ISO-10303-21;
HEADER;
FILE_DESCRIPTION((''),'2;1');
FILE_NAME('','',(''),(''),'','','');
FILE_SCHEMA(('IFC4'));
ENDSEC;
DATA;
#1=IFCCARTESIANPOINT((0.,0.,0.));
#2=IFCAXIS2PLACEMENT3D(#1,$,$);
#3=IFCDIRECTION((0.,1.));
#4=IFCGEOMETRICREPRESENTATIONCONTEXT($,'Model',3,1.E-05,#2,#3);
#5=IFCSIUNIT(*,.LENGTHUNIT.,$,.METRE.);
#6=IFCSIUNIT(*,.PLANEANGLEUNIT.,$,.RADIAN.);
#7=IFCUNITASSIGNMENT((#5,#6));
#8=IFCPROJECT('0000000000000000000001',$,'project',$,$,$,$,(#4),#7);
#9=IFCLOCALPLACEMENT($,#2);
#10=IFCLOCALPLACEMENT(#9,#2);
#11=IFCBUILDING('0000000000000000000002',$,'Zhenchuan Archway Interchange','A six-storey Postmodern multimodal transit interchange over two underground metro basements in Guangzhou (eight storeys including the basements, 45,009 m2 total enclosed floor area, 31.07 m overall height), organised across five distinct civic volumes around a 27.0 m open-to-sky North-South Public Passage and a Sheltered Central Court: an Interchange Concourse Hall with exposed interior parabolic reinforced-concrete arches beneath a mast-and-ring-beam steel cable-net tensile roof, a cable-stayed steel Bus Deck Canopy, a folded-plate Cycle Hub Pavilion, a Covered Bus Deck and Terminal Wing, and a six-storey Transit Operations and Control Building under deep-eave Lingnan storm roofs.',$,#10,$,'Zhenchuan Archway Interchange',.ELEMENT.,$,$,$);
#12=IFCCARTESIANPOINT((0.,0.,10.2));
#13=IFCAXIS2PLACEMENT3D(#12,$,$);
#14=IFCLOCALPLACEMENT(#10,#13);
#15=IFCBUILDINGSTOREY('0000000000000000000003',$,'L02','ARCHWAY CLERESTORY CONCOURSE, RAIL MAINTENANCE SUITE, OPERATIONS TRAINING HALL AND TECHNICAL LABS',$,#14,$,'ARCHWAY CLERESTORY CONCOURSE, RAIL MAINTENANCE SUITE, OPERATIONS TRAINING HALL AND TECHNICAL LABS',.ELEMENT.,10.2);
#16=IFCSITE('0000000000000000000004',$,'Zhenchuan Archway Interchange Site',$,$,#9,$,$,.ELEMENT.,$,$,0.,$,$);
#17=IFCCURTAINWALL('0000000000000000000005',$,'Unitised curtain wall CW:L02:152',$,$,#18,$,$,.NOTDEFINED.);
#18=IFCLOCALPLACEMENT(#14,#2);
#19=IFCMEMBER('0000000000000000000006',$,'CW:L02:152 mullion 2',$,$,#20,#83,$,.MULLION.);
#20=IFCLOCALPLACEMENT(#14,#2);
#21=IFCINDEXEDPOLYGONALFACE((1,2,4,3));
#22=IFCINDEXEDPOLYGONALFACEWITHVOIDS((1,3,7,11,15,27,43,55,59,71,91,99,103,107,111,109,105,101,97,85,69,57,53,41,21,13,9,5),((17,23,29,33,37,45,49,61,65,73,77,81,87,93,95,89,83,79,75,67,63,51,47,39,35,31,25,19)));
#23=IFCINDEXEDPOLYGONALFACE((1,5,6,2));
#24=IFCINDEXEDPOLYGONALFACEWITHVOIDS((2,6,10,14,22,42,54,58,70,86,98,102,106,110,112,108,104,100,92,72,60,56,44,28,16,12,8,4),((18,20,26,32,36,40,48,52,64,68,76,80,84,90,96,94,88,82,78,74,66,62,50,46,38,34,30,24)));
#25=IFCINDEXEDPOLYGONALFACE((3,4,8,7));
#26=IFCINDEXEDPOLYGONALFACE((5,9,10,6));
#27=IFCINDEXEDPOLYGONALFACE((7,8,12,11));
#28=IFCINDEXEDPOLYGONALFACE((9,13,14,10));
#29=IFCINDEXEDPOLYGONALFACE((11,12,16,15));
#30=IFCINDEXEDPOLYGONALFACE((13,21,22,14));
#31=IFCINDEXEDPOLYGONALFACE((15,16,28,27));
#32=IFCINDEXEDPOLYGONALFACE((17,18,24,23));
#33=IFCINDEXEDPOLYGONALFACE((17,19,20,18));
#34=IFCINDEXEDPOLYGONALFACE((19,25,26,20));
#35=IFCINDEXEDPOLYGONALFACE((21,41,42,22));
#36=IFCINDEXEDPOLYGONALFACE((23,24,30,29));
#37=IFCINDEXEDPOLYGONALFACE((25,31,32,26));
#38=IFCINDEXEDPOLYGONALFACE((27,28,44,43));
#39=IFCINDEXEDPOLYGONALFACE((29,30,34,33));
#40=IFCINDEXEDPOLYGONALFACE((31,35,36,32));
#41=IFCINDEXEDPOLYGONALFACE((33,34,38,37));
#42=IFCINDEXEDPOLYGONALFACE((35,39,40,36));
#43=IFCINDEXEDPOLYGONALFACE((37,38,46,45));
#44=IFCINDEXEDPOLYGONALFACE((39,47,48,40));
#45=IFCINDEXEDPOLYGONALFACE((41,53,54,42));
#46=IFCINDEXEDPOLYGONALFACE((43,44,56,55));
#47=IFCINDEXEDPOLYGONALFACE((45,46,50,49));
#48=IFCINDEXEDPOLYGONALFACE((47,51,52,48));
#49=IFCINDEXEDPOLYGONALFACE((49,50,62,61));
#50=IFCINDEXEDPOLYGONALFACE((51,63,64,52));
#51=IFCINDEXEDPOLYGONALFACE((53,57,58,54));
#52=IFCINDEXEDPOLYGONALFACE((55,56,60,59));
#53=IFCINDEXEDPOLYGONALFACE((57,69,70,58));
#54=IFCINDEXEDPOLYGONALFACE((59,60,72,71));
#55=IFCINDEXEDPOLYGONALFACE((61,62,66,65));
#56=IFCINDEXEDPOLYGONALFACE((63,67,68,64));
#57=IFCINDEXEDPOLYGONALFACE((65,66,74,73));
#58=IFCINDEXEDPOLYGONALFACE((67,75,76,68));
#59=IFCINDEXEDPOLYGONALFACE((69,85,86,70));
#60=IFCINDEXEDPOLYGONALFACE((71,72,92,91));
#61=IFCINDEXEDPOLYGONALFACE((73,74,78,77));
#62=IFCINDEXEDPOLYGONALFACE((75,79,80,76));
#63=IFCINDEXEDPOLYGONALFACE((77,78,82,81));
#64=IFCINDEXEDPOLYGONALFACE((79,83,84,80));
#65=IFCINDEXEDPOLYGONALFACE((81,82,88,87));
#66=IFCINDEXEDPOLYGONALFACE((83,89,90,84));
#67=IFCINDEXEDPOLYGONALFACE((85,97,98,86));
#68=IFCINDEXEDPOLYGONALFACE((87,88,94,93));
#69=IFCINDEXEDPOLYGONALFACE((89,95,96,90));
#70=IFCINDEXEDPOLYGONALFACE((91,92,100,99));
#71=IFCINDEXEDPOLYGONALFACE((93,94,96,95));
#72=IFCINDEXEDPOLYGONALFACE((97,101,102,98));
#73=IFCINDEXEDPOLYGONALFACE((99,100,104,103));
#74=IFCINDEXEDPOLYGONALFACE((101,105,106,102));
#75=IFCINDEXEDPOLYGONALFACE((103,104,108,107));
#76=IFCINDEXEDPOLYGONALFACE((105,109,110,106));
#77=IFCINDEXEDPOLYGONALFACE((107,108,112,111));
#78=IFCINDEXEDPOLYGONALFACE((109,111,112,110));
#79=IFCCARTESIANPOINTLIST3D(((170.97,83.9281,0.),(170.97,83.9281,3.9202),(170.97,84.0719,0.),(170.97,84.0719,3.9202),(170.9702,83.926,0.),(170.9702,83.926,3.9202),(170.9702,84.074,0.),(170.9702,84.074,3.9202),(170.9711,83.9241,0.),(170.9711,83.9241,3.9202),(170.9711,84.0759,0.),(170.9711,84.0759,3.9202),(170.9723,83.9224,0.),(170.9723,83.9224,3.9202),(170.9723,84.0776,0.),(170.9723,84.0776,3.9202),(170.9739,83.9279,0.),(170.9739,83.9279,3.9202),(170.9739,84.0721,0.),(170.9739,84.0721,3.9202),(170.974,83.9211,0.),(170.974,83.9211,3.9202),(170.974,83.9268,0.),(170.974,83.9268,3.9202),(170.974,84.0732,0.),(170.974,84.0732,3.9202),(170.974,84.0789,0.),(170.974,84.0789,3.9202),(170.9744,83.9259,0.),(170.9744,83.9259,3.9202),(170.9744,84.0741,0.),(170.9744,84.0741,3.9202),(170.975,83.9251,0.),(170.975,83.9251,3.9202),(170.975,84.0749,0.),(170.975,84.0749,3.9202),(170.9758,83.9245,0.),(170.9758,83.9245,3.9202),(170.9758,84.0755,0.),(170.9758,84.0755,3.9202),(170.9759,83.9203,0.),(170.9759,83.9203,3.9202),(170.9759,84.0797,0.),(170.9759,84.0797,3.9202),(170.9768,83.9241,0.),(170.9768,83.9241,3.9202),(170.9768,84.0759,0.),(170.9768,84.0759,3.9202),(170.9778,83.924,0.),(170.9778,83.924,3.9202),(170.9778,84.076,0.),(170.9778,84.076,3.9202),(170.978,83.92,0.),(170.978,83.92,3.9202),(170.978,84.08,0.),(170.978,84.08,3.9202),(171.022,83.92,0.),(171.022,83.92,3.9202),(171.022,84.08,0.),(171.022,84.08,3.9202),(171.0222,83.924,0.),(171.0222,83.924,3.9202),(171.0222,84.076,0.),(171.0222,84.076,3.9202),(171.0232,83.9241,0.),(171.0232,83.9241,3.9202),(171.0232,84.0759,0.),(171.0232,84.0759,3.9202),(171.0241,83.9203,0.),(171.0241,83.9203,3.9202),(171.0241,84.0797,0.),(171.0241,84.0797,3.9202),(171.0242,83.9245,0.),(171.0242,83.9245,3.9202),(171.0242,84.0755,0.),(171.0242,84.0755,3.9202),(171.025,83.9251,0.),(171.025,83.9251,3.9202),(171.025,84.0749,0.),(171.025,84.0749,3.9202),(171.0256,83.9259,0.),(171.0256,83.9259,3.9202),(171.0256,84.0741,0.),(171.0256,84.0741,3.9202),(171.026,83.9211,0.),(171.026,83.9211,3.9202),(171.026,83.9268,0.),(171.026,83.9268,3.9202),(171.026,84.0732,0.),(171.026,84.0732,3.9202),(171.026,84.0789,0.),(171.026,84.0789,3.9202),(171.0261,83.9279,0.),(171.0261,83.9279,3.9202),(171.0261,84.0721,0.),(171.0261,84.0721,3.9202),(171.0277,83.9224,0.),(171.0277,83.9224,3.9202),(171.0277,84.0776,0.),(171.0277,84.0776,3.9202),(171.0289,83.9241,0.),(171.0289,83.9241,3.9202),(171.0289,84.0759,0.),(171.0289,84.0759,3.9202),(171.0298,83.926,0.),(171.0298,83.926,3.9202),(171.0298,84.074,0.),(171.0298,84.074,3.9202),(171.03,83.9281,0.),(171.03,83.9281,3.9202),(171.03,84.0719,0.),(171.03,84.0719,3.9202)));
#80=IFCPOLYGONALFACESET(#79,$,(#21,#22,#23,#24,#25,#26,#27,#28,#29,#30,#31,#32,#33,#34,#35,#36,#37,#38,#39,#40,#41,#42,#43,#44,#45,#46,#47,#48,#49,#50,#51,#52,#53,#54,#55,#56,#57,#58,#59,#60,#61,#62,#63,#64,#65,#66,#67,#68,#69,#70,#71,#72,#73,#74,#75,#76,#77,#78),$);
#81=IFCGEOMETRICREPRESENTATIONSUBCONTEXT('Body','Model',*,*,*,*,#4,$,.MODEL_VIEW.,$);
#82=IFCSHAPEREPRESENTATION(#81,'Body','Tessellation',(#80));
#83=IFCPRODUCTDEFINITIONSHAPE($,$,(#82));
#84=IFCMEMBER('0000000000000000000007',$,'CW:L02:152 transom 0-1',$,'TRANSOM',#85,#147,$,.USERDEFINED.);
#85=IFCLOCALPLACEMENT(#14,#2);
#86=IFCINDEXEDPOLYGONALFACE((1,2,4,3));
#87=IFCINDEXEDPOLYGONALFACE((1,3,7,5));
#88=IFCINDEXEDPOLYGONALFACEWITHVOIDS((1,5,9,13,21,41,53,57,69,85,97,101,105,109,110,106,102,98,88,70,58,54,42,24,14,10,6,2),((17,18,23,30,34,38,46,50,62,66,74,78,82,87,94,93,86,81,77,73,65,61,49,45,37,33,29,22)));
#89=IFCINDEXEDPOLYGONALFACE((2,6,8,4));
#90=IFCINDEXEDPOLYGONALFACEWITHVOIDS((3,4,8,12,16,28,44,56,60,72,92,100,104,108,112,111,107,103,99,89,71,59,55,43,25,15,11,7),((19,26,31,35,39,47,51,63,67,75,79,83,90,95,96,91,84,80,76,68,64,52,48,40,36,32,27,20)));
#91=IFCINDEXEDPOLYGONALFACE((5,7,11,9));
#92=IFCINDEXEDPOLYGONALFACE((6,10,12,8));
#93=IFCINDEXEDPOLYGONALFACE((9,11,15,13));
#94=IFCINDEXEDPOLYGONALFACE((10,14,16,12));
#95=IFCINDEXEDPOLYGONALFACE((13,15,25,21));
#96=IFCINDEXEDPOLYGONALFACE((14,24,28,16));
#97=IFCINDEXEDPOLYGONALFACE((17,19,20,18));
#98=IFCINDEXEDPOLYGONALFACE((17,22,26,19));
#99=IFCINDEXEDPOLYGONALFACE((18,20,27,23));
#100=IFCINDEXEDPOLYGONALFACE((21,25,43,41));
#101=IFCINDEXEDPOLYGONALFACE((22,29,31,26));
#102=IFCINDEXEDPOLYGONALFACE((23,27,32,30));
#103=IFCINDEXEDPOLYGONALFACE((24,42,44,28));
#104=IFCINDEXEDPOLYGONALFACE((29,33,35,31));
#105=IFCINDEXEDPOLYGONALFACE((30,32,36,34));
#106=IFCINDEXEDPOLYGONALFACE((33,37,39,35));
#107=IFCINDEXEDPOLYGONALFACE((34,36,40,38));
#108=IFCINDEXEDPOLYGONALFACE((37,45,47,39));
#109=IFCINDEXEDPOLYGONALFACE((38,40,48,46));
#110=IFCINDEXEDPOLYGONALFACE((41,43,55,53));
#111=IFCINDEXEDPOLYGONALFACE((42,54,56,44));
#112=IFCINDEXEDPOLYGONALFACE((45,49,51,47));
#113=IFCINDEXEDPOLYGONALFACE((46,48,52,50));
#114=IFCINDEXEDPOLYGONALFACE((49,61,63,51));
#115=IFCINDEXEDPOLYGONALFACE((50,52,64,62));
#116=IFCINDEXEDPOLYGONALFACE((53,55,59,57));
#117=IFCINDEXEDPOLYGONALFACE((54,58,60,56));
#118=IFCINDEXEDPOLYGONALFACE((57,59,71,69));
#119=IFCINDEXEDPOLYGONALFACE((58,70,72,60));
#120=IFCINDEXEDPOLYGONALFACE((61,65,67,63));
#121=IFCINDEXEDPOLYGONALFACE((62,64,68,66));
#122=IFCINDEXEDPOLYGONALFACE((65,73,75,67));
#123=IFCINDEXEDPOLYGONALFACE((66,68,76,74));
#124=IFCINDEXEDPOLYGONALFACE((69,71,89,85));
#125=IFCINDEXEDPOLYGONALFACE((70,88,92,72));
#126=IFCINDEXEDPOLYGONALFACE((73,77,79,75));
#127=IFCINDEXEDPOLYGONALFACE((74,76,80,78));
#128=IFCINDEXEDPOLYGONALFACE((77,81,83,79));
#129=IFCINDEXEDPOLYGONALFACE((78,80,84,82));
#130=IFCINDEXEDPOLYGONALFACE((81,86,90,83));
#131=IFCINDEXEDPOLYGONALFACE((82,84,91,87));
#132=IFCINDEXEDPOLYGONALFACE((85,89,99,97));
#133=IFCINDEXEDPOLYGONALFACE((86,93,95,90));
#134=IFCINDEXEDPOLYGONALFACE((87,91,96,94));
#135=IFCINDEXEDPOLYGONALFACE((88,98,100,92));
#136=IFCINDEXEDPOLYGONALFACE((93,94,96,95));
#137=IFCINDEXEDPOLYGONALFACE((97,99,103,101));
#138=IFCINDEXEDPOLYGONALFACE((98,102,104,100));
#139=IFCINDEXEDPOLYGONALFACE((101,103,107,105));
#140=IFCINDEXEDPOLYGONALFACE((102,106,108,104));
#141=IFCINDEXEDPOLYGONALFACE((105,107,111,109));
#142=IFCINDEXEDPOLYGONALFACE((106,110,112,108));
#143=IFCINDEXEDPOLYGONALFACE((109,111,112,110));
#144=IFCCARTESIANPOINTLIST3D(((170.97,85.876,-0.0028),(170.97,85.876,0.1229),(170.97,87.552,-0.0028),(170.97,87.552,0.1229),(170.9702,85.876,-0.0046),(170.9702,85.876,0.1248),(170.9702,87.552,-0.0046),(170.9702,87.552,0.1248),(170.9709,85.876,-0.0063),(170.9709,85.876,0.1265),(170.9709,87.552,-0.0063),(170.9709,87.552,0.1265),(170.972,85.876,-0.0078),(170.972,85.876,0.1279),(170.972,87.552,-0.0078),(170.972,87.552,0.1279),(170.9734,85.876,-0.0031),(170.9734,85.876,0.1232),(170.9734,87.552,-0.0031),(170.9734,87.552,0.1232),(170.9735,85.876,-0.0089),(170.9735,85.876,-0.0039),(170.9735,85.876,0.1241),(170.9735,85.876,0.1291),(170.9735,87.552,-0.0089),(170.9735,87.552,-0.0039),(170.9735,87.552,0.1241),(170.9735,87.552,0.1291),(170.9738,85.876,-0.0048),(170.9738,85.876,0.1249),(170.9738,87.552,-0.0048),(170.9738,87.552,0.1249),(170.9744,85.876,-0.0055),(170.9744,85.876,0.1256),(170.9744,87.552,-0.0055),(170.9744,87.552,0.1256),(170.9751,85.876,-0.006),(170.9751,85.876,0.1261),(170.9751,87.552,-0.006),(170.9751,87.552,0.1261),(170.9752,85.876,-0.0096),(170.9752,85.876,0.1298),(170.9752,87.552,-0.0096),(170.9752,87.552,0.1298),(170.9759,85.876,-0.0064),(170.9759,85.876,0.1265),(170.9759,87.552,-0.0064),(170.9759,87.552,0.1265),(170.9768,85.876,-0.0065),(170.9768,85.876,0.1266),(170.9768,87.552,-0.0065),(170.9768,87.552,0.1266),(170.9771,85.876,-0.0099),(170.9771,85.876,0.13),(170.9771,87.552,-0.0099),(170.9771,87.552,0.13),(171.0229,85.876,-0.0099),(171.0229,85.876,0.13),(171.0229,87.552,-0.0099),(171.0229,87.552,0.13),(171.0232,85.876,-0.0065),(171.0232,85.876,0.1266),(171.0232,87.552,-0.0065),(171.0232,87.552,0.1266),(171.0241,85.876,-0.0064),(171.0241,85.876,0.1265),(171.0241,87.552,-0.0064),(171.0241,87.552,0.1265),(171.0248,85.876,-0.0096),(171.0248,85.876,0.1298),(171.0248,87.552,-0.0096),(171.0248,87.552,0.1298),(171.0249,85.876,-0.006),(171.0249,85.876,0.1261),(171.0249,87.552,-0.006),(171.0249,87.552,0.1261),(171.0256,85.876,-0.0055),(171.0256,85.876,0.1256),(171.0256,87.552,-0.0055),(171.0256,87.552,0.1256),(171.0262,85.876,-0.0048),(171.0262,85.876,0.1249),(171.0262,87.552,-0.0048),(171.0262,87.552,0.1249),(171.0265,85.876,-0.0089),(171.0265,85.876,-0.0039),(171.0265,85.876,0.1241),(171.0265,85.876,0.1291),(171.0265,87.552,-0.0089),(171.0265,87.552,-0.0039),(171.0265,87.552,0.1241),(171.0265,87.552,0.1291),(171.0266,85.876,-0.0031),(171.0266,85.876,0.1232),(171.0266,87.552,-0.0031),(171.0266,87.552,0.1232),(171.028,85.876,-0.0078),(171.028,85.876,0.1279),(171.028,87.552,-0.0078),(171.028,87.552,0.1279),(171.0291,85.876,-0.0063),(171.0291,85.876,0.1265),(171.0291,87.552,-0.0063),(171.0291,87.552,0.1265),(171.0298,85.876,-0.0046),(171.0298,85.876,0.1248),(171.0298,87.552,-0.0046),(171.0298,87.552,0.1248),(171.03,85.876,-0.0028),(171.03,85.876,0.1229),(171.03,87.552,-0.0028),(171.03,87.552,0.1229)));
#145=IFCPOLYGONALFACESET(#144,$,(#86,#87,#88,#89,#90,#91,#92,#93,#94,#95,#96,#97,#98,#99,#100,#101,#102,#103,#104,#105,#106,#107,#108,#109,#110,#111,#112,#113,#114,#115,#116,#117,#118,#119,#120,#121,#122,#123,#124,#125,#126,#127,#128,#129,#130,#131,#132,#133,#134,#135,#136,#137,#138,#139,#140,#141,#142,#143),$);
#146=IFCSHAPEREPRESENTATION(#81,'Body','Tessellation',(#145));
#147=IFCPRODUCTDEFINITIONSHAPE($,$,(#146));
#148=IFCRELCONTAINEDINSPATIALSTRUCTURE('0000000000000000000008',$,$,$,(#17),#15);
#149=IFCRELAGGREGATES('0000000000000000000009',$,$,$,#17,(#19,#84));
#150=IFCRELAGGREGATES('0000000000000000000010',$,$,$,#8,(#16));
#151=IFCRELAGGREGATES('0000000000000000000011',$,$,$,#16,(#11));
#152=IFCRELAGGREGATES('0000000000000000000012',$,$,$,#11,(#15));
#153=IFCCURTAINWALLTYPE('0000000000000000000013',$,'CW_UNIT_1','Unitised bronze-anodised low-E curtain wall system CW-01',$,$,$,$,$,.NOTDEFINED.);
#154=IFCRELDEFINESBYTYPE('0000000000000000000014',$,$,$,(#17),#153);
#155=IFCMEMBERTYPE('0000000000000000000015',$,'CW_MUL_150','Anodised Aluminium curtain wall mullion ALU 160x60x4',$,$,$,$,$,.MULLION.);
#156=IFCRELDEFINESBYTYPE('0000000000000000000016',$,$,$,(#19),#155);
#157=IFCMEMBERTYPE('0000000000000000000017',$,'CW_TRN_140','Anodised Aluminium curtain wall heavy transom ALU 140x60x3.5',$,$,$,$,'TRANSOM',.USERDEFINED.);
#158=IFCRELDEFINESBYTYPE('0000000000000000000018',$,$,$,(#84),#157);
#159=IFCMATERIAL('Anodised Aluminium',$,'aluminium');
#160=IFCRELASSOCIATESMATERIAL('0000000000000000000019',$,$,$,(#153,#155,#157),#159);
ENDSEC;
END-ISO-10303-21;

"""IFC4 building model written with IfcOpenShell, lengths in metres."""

from ifc_helpers import new_model, si_unit, direction, frame, origin, origin_2d, place, context, subcontext, project, spatial, hollow_rectangle, extrude, material, material_profile, profile_set, type_object, element, aggregate, save


model = new_model("IFC4")

# Units and contexts
model_context = context("Model", 3, precision=1e-05, world=origin(), true_north=direction((0.0, 1.0)))
body_context = subcontext(model_context, "Body", "Model", "MODEL_VIEW")
ifc_project = project(units=[si_unit("LENGTHUNIT", "METRE"), si_unit("PLANEANGLEUNIT", "RADIAN")], contexts=[model_context])

# Site, building, storey
site_placement = place(None, origin())
site = spatial("IfcSite", under=ifc_project, at=site_placement, Name="Zhenchuan Archway Interchange Site", CompositionType="ELEMENT", RefElevation=0.0)
building_placement = place(site_placement, origin())
building = spatial("IfcBuilding", under=site, at=building_placement, Name="Zhenchuan Archway Interchange", Description="A six-storey Postmodern multimodal transit interchange over two underground metro basements in Guangzhou (eight storeys including the basements, 45,009 m2 total enclosed floor area, 31.07 m overall height), organised across five distinct civic volumes around a 27.0 m open-to-sky North-South Public Passage and a Sheltered Central Court: an Interchange Concourse Hall with exposed interior parabolic reinforced-concrete arches beneath a mast-and-ring-beam steel cable-net tensile roof, a cable-stayed steel Bus Deck Canopy, a folded-plate Cycle Hub Pavilion, a Covered Bus Deck and Terminal Wing, and a six-storey Transit Operations and Control Building under deep-eave Lingnan storm roofs.", LongName="Zhenchuan Archway Interchange", CompositionType="ELEMENT")
storey_placement = place(building_placement, frame((0.0, 0.0, 10.2)))
storey = spatial("IfcBuildingStorey", under=building, at=storey_placement, Name="L02", Description="ARCHWAY CLERESTORY CONCOURSE, RAIL MAINTENANCE SUITE, OPERATIONS TRAINING HALL AND TECHNICAL LABS", LongName="ARCHWAY CLERESTORY CONCOURSE, RAIL MAINTENANCE SUITE, OPERATIONS TRAINING HALL AND TECHNICAL LABS", CompositionType="ELEMENT", Elevation=10.2)

# Curtain wall, members
ifc_material_1 = material(Name="Anodised Aluminium", Category="aluminium")
curtain_wall_type = type_object("IfcCurtainWallType", Name="CW_UNIT_1", Description="Unitised bronze-anodised low-E curtain wall system CW-01", PredefinedType="NOTDEFINED", material=ifc_material_1)
curtain_wall_placement = place(storey_placement, origin())
curtain_wall = element("IfcCurtainWall", 1, at=curtain_wall_placement, inside=storey, type_object=curtain_wall_type, Name="Unitised curtain wall CW:L02:152", PredefinedType="NOTDEFINED")
ifc_material_profile_1 = material_profile(ifc_material_1, hollow_rectangle(XDim=0.0601, YDim=0.1599, WallThickness=0.0039, InnerFilletRadius=0.0039, OuterFilletRadius=0.0081, at=origin_2d()), Name="ALU 160x60x4")
ifc_profile_set_1 = profile_set([ifc_material_profile_1], Name="Anodised Aluminium")
member_type_1 = type_object("IfcMemberType", Name="CW_MUL_150", Description="Anodised Aluminium curtain wall mullion ALU 160x60x4", PredefinedType="MULLION", material=ifc_profile_set_1)
member_1_placement = place(storey_placement, frame((171.0, 84.0, 0.0), z_axis=(0.0, 0.0, 1.0), x_axis=(1.0, 0.0, 0.0)))
member_1 = element("IfcMember", 2, at=member_1_placement, type_object=member_type_1, Name="CW:L02:152 mullion 2", PredefinedType="MULLION", context=body_context, shape_type="SweptSolid", body=[
    extrude(hollow_rectangle(XDim=0.0601, YDim=0.1599, WallThickness=0.0039, InnerFilletRadius=0.0039, OuterFilletRadius=0.0081, at=origin_2d()), origin(), (0.0, 0.0, 1.0), 3.9202),
])
ifc_material_profile_2 = material_profile(ifc_material_1, hollow_rectangle(XDim=0.0601, YDim=0.1399, WallThickness=0.0034, InnerFilletRadius=0.0034, OuterFilletRadius=0.0071, at=origin_2d()), Name="ALU 140x60x3.5")
ifc_profile_set_2 = profile_set([ifc_material_profile_2], Name="Anodised Aluminium")
member_type_2 = type_object("IfcMemberType", Name="CW_TRN_140", Description="Anodised Aluminium curtain wall heavy transom ALU 140x60x3.5", ElementType="TRANSOM", PredefinedType="USERDEFINED", material=ifc_profile_set_2)
member_2_placement = place(storey_placement, frame((171.0, 87.552, 0.0601), z_axis=(0.0, -1.0, 0.0), x_axis=(1.0, 0.0, 0.0)))
member_2 = element("IfcMember", 3, at=member_2_placement, type_object=member_type_2, Name="CW:L02:152 transom 0-1", ObjectType="TRANSOM", PredefinedType="USERDEFINED", context=body_context, shape_type="SweptSolid", body=[
    extrude(hollow_rectangle(XDim=0.0601, YDim=0.1399, WallThickness=0.0034, InnerFilletRadius=0.0034, OuterFilletRadius=0.0071, at=origin_2d()), origin(), (0.0, 0.0, 1.0), 1.676),
])
aggregate(curtain_wall, [member_1, member_2])

save(model, "model.ifc")
